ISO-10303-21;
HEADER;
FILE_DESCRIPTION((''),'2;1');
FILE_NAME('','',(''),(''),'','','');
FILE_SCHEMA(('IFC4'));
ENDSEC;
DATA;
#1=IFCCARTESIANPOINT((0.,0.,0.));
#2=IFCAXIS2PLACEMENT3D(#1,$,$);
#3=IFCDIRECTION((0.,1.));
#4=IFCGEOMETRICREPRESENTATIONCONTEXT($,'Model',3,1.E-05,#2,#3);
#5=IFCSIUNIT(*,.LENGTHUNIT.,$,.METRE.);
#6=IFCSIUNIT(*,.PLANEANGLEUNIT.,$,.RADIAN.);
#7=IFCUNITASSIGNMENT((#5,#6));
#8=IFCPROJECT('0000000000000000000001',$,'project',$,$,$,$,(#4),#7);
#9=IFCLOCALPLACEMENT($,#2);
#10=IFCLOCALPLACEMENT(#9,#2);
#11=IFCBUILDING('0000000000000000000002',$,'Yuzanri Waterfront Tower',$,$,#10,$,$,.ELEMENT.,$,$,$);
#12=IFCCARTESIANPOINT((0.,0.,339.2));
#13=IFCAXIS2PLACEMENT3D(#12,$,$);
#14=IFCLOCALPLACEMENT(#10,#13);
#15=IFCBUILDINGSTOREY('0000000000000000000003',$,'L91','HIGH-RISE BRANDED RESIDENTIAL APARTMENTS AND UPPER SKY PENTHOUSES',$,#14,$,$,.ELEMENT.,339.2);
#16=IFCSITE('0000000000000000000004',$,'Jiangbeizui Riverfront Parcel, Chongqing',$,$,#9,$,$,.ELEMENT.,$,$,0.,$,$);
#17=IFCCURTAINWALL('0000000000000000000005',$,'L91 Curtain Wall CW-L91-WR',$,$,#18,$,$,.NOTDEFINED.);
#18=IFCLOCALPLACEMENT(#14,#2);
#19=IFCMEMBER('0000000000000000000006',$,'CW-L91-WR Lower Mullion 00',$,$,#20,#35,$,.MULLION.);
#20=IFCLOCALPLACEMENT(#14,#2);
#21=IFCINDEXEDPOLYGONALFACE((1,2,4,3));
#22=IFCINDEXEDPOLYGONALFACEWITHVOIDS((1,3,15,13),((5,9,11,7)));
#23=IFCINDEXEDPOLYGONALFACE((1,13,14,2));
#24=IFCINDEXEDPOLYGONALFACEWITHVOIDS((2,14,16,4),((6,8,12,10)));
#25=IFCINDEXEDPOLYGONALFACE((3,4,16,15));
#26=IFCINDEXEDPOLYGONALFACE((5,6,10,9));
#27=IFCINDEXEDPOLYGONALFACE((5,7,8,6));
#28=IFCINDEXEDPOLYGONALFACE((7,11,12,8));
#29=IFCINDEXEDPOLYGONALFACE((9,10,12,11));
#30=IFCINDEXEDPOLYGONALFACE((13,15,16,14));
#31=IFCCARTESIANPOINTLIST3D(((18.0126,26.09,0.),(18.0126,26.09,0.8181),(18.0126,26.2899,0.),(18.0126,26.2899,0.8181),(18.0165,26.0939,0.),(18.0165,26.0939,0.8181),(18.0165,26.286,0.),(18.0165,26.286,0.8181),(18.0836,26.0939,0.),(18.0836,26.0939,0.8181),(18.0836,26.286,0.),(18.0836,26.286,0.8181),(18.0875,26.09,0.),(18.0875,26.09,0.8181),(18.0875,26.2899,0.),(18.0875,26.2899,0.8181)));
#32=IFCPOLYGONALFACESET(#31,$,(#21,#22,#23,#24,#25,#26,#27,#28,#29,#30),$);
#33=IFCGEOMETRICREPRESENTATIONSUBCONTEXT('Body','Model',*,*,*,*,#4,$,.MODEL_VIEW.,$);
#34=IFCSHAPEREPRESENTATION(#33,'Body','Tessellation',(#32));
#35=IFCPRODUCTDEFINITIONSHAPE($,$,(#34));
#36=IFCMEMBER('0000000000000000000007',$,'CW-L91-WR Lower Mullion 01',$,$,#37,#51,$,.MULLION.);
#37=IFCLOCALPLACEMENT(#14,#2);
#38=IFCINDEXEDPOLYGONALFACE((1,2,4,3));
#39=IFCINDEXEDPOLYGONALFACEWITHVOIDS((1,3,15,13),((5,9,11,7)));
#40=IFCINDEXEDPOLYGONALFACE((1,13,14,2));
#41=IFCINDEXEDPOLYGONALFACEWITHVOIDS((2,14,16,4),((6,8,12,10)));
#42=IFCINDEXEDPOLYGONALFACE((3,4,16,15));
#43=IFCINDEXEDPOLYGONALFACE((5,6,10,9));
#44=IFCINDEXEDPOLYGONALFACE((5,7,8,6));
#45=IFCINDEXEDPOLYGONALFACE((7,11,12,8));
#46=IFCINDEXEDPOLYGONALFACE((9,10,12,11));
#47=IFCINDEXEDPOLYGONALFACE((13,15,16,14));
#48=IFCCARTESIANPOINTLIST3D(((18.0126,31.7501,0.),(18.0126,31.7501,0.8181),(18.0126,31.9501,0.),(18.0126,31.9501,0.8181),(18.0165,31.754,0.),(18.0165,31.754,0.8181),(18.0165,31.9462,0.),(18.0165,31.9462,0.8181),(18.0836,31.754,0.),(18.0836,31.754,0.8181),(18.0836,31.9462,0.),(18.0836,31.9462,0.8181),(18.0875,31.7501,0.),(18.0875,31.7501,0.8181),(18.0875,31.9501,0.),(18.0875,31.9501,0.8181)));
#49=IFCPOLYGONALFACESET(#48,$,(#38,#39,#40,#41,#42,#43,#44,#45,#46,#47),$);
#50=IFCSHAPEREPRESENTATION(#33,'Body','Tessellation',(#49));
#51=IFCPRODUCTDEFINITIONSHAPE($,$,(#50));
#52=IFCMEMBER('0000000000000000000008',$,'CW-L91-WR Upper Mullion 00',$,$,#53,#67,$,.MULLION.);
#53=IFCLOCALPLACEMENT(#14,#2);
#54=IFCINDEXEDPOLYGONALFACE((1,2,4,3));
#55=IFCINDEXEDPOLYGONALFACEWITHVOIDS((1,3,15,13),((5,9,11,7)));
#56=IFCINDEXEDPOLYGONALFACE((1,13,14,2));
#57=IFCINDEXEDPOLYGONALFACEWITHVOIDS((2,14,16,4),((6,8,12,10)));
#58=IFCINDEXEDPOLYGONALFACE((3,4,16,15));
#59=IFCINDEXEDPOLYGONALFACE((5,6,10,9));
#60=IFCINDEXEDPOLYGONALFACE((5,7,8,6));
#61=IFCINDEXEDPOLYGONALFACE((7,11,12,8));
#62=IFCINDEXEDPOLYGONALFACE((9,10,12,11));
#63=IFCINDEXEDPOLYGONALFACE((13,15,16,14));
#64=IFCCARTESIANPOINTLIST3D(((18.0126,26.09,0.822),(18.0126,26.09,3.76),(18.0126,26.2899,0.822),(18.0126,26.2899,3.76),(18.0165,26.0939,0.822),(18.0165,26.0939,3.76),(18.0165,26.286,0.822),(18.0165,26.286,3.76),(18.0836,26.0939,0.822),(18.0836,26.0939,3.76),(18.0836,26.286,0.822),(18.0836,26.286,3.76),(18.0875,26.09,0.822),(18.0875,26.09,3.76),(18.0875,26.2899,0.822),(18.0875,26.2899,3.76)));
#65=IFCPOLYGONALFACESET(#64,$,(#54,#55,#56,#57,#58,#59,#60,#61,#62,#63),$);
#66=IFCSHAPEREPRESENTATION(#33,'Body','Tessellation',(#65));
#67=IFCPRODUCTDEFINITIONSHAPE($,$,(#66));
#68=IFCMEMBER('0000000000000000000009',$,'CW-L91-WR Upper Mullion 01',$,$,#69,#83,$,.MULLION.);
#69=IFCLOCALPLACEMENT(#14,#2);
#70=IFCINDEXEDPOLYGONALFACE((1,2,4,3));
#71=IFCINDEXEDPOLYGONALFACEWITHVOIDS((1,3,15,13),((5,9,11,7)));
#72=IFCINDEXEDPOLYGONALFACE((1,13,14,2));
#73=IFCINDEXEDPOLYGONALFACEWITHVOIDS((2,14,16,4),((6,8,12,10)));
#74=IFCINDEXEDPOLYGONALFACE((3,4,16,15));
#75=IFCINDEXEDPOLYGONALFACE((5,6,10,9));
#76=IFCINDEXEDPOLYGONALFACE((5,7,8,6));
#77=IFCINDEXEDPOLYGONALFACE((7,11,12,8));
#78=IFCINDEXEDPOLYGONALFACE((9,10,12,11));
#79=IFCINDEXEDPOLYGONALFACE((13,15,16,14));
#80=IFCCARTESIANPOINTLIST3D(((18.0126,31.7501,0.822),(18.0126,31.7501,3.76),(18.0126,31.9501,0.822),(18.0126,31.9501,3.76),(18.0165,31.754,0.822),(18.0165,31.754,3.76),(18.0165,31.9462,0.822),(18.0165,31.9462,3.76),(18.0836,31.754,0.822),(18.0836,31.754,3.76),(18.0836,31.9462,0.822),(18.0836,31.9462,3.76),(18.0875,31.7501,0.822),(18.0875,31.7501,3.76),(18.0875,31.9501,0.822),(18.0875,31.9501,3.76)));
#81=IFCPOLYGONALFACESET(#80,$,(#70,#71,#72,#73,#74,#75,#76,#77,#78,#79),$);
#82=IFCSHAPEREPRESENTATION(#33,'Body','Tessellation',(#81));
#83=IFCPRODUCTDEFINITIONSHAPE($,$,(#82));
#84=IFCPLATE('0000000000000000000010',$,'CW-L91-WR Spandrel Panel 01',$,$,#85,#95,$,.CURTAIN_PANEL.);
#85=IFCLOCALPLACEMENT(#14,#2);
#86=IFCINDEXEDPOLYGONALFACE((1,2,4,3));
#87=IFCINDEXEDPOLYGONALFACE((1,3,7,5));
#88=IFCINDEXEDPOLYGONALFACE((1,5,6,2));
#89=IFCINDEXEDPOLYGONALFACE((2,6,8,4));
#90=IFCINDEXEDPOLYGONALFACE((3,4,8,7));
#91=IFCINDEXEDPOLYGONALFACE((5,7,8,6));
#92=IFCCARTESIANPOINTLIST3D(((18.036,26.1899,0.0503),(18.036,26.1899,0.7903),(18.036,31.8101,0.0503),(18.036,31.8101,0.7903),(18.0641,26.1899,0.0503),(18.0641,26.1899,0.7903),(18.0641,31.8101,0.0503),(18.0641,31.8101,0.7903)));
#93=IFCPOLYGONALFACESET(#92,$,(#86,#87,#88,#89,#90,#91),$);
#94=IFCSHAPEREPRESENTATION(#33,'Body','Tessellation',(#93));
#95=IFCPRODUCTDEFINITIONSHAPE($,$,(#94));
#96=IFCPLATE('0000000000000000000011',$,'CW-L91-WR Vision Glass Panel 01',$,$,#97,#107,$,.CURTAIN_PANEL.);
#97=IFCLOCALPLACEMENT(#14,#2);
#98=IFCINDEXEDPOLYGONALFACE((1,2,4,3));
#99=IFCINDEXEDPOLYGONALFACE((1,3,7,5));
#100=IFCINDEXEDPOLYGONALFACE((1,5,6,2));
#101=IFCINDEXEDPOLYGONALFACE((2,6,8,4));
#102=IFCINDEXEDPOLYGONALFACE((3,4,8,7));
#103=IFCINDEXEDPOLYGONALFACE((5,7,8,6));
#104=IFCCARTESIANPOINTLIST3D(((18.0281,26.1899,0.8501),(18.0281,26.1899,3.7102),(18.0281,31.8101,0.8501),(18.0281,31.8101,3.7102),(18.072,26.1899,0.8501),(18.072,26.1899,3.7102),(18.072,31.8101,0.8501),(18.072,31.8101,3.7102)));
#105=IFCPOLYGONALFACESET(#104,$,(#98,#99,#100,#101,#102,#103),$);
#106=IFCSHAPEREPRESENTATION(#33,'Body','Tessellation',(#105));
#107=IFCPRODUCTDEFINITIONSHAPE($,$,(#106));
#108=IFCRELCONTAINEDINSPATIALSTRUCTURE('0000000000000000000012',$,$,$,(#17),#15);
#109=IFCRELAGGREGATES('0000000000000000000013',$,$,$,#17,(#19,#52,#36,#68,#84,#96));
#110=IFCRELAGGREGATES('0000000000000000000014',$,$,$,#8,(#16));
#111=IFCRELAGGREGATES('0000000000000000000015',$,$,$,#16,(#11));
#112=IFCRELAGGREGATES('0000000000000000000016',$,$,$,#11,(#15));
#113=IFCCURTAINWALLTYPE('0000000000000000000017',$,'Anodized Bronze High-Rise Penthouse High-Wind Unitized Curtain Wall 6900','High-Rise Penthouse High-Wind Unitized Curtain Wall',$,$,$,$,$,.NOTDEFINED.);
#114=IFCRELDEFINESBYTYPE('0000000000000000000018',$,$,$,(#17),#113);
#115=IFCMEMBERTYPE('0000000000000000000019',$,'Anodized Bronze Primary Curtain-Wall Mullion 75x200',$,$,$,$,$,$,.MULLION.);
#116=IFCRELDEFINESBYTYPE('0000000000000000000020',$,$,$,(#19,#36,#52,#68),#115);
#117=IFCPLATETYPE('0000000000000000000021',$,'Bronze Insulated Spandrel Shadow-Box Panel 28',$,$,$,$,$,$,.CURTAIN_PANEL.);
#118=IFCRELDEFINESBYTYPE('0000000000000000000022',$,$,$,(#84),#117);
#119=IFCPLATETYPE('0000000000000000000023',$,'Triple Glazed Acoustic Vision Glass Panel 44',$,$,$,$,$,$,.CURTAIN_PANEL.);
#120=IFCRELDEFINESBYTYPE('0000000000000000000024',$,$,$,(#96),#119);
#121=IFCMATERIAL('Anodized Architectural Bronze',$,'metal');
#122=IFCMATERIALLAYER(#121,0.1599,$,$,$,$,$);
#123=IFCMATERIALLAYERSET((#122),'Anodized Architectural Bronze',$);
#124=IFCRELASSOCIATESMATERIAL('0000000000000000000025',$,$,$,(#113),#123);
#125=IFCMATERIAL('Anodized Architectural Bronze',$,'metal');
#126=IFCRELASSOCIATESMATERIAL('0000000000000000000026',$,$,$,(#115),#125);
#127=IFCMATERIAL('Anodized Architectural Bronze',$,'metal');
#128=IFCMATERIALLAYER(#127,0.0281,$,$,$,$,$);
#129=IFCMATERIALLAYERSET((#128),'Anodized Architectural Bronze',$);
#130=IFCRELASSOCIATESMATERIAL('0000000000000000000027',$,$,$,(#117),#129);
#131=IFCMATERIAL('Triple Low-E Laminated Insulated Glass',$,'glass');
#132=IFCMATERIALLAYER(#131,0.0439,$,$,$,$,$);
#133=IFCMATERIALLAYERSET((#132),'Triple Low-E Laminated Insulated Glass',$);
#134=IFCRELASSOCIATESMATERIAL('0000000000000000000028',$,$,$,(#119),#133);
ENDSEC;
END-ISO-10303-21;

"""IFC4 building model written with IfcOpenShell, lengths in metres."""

from ifc_helpers import new_model, si_unit, direction, frame, origin, origin_2d, place, context, subcontext, project, spatial, rectangle, hollow_rectangle, extrude, source, transform, mapped, material, layer, layer_set, material_profile, profile_set, type_object, element, aggregate, save


model = new_model("IFC4")

# Units and contexts
model_context = context("Model", 3, precision=1e-05, world=origin(), true_north=direction((0.0, 1.0)))
body_context = subcontext(model_context, "Body", "Model", "MODEL_VIEW")
ifc_project = project(units=[si_unit("LENGTHUNIT", "METRE"), si_unit("PLANEANGLEUNIT", "RADIAN")], contexts=[model_context])

# Site, building, storey
site_placement = place(None, origin())
site = spatial("IfcSite", under=ifc_project, at=site_placement, Name="Jiangbeizui Riverfront Parcel, Chongqing", CompositionType="ELEMENT", RefElevation=0.0)
building_placement = place(site_placement, origin())
building = spatial("IfcBuilding", under=site, at=building_placement, Name="Yuzanri Waterfront Tower", CompositionType="ELEMENT")
storey_placement = place(building_placement, frame((0.0, 0.0, 339.2)))
storey = spatial("IfcBuildingStorey", under=building, at=storey_placement, Name="L91", Description="HIGH-RISE BRANDED RESIDENTIAL APARTMENTS AND UPPER SKY PENTHOUSES", CompositionType="ELEMENT", Elevation=339.2)

# Curtain wall, members, plates
ifc_material_1 = material(Name="Anodized Architectural Bronze", Category="metal")
ifc_layer_1 = layer(ifc_material_1, 0.1599)
ifc_layer_set_1 = layer_set([ifc_layer_1], Name="Anodized Architectural Bronze")
curtain_wall_type = type_object("IfcCurtainWallType", Name="Anodized Bronze High-Rise Penthouse High-Wind Unitized Curtain Wall 6900", Description="High-Rise Penthouse High-Wind Unitized Curtain Wall", PredefinedType="NOTDEFINED", material=ifc_layer_set_1)
curtain_wall_placement = place(storey_placement, origin())
curtain_wall = element("IfcCurtainWall", 1, at=curtain_wall_placement, inside=storey, type_object=curtain_wall_type, Name="L91 Curtain Wall CW-L91-WR", PredefinedType="NOTDEFINED")
ifc_material_2 = material(Name="Anodized Architectural Bronze", Category="metal")
ifc_material_profile_1 = material_profile(ifc_material_2, hollow_rectangle(XDim=0.075, YDim=0.2, WallThickness=0.0039, at=origin_2d()), Name="CWM 75x200")
ifc_profile_set_1 = profile_set([ifc_material_profile_1], Name="Anodized Architectural Bronze")
member_type_1 = type_object("IfcMemberType", Name="Anodized Bronze Primary Curtain-Wall Mullion 75x200", PredefinedType="MULLION", material=ifc_profile_set_1)
shared_shape_1 = source(origin(), body_context, "Body", "SweptSolid", [
    extrude(hollow_rectangle(XDim=0.075, YDim=0.2, WallThickness=0.0039, at=origin_2d()), origin(), (0.0, 0.0, 1.0), 0.8181),
])
member_1_placement = place(storey_placement, frame((18.05, 26.1899, 0.0), z_axis=(0.0, 0.0, 1.0), x_axis=(1.0, 0.0, 0.0)))
member_1 = element("IfcMember", 2, at=member_1_placement, type_object=member_type_1, Name="CW-L91-WR Lower Mullion 00", PredefinedType="MULLION", context=body_context, shape_type="MappedRepresentation", body=[
    mapped(shared_shape_1, transform((0.0, 0.0, 0.0), scale=1.0)),
])
member_2_placement = place(storey_placement, frame((18.05, 31.8501, 0.0), z_axis=(0.0, 0.0, 1.0), x_axis=(1.0, 0.0, 0.0)))
member_2 = element("IfcMember", 3, at=member_2_placement, type_object=member_type_1, Name="CW-L91-WR Lower Mullion 01", PredefinedType="MULLION", context=body_context, shape_type="MappedRepresentation", body=[
    mapped(shared_shape_1, transform((0.0, 0.0, 0.0), scale=1.0)),
])
shared_shape_2 = source(origin(), body_context, "Body", "SweptSolid", [
    extrude(hollow_rectangle(XDim=0.075, YDim=0.2, WallThickness=0.0039, at=origin_2d()), origin(), (0.0, 0.0, 1.0), 2.938),
])
member_3_placement = place(storey_placement, frame((18.05, 26.1899, 0.822), z_axis=(0.0, 0.0, 1.0), x_axis=(1.0, 0.0, 0.0)))
member_3 = element("IfcMember", 4, at=member_3_placement, type_object=member_type_1, Name="CW-L91-WR Upper Mullion 00", PredefinedType="MULLION", context=body_context, shape_type="MappedRepresentation", body=[
    mapped(shared_shape_2, transform((0.0, 0.0, 0.0), scale=1.0)),
])
member_4_placement = place(storey_placement, frame((18.05, 31.8501, 0.822), z_axis=(0.0, 0.0, 1.0), x_axis=(1.0, 0.0, 0.0)))
member_4 = element("IfcMember", 5, at=member_4_placement, type_object=member_type_1, Name="CW-L91-WR Upper Mullion 01", PredefinedType="MULLION", context=body_context, shape_type="MappedRepresentation", body=[
    mapped(shared_shape_2, transform((0.0, 0.0, 0.0), scale=1.0)),
])
ifc_material_3 = material(Name="Anodized Architectural Bronze", Category="metal")
ifc_layer_2 = layer(ifc_material_3, 0.0281)
ifc_layer_set_2 = layer_set([ifc_layer_2], Name="Anodized Architectural Bronze")
plate_type_1 = type_object("IfcPlateType", Name="Bronze Insulated Spandrel Shadow-Box Panel 28", PredefinedType="CURTAIN_PANEL", material=ifc_layer_set_2)
shared_shape_3 = source(origin(), body_context, "Body", "SweptSolid", [
    extrude(rectangle(XDim=5.6201, YDim=0.0281, at=origin_2d()), origin(), (0.0, 0.0, 1.0), 0.74),
])
plate_1_placement = place(storey_placement, frame((18.05, 29.0, 0.0503), z_axis=(0.0, 0.0, 1.0), x_axis=(0.0, 1.0, 0.0)))
plate_1 = element("IfcPlate", 6, at=plate_1_placement, type_object=plate_type_1, Name="CW-L91-WR Spandrel Panel 01", PredefinedType="CURTAIN_PANEL", context=body_context, shape_type="MappedRepresentation", body=[
    mapped(shared_shape_3, transform((0.0, 0.0, 0.0), scale=1.0)),
])
ifc_material_4 = material(Name="Triple Low-E Laminated Insulated Glass", Category="glass")
ifc_layer_3 = layer(ifc_material_4, 0.0439)
ifc_layer_set_3 = layer_set([ifc_layer_3], Name="Triple Low-E Laminated Insulated Glass")
plate_type_2 = type_object("IfcPlateType", Name="Triple Glazed Acoustic Vision Glass Panel 44", PredefinedType="CURTAIN_PANEL", material=ifc_layer_set_3)
shared_shape_4 = source(origin(), body_context, "Body", "SweptSolid", [
    extrude(rectangle(XDim=5.6201, YDim=0.0439, at=origin_2d()), origin(), (0.0, 0.0, 1.0), 2.8601),
])
plate_2_placement = place(storey_placement, frame((18.05, 29.0, 0.8501), z_axis=(0.0, 0.0, 1.0), x_axis=(0.0, 1.0, 0.0)))
plate_2 = element("IfcPlate", 7, at=plate_2_placement, type_object=plate_type_2, Name="CW-L91-WR Vision Glass Panel 01", PredefinedType="CURTAIN_PANEL", context=body_context, shape_type="MappedRepresentation", body=[
    mapped(shared_shape_4, transform((0.0, 0.0, 0.0), scale=1.0)),
])
aggregate(curtain_wall, [member_1, member_3, member_2, member_4, plate_1, plate_2])

save(model, "model.ifc")
